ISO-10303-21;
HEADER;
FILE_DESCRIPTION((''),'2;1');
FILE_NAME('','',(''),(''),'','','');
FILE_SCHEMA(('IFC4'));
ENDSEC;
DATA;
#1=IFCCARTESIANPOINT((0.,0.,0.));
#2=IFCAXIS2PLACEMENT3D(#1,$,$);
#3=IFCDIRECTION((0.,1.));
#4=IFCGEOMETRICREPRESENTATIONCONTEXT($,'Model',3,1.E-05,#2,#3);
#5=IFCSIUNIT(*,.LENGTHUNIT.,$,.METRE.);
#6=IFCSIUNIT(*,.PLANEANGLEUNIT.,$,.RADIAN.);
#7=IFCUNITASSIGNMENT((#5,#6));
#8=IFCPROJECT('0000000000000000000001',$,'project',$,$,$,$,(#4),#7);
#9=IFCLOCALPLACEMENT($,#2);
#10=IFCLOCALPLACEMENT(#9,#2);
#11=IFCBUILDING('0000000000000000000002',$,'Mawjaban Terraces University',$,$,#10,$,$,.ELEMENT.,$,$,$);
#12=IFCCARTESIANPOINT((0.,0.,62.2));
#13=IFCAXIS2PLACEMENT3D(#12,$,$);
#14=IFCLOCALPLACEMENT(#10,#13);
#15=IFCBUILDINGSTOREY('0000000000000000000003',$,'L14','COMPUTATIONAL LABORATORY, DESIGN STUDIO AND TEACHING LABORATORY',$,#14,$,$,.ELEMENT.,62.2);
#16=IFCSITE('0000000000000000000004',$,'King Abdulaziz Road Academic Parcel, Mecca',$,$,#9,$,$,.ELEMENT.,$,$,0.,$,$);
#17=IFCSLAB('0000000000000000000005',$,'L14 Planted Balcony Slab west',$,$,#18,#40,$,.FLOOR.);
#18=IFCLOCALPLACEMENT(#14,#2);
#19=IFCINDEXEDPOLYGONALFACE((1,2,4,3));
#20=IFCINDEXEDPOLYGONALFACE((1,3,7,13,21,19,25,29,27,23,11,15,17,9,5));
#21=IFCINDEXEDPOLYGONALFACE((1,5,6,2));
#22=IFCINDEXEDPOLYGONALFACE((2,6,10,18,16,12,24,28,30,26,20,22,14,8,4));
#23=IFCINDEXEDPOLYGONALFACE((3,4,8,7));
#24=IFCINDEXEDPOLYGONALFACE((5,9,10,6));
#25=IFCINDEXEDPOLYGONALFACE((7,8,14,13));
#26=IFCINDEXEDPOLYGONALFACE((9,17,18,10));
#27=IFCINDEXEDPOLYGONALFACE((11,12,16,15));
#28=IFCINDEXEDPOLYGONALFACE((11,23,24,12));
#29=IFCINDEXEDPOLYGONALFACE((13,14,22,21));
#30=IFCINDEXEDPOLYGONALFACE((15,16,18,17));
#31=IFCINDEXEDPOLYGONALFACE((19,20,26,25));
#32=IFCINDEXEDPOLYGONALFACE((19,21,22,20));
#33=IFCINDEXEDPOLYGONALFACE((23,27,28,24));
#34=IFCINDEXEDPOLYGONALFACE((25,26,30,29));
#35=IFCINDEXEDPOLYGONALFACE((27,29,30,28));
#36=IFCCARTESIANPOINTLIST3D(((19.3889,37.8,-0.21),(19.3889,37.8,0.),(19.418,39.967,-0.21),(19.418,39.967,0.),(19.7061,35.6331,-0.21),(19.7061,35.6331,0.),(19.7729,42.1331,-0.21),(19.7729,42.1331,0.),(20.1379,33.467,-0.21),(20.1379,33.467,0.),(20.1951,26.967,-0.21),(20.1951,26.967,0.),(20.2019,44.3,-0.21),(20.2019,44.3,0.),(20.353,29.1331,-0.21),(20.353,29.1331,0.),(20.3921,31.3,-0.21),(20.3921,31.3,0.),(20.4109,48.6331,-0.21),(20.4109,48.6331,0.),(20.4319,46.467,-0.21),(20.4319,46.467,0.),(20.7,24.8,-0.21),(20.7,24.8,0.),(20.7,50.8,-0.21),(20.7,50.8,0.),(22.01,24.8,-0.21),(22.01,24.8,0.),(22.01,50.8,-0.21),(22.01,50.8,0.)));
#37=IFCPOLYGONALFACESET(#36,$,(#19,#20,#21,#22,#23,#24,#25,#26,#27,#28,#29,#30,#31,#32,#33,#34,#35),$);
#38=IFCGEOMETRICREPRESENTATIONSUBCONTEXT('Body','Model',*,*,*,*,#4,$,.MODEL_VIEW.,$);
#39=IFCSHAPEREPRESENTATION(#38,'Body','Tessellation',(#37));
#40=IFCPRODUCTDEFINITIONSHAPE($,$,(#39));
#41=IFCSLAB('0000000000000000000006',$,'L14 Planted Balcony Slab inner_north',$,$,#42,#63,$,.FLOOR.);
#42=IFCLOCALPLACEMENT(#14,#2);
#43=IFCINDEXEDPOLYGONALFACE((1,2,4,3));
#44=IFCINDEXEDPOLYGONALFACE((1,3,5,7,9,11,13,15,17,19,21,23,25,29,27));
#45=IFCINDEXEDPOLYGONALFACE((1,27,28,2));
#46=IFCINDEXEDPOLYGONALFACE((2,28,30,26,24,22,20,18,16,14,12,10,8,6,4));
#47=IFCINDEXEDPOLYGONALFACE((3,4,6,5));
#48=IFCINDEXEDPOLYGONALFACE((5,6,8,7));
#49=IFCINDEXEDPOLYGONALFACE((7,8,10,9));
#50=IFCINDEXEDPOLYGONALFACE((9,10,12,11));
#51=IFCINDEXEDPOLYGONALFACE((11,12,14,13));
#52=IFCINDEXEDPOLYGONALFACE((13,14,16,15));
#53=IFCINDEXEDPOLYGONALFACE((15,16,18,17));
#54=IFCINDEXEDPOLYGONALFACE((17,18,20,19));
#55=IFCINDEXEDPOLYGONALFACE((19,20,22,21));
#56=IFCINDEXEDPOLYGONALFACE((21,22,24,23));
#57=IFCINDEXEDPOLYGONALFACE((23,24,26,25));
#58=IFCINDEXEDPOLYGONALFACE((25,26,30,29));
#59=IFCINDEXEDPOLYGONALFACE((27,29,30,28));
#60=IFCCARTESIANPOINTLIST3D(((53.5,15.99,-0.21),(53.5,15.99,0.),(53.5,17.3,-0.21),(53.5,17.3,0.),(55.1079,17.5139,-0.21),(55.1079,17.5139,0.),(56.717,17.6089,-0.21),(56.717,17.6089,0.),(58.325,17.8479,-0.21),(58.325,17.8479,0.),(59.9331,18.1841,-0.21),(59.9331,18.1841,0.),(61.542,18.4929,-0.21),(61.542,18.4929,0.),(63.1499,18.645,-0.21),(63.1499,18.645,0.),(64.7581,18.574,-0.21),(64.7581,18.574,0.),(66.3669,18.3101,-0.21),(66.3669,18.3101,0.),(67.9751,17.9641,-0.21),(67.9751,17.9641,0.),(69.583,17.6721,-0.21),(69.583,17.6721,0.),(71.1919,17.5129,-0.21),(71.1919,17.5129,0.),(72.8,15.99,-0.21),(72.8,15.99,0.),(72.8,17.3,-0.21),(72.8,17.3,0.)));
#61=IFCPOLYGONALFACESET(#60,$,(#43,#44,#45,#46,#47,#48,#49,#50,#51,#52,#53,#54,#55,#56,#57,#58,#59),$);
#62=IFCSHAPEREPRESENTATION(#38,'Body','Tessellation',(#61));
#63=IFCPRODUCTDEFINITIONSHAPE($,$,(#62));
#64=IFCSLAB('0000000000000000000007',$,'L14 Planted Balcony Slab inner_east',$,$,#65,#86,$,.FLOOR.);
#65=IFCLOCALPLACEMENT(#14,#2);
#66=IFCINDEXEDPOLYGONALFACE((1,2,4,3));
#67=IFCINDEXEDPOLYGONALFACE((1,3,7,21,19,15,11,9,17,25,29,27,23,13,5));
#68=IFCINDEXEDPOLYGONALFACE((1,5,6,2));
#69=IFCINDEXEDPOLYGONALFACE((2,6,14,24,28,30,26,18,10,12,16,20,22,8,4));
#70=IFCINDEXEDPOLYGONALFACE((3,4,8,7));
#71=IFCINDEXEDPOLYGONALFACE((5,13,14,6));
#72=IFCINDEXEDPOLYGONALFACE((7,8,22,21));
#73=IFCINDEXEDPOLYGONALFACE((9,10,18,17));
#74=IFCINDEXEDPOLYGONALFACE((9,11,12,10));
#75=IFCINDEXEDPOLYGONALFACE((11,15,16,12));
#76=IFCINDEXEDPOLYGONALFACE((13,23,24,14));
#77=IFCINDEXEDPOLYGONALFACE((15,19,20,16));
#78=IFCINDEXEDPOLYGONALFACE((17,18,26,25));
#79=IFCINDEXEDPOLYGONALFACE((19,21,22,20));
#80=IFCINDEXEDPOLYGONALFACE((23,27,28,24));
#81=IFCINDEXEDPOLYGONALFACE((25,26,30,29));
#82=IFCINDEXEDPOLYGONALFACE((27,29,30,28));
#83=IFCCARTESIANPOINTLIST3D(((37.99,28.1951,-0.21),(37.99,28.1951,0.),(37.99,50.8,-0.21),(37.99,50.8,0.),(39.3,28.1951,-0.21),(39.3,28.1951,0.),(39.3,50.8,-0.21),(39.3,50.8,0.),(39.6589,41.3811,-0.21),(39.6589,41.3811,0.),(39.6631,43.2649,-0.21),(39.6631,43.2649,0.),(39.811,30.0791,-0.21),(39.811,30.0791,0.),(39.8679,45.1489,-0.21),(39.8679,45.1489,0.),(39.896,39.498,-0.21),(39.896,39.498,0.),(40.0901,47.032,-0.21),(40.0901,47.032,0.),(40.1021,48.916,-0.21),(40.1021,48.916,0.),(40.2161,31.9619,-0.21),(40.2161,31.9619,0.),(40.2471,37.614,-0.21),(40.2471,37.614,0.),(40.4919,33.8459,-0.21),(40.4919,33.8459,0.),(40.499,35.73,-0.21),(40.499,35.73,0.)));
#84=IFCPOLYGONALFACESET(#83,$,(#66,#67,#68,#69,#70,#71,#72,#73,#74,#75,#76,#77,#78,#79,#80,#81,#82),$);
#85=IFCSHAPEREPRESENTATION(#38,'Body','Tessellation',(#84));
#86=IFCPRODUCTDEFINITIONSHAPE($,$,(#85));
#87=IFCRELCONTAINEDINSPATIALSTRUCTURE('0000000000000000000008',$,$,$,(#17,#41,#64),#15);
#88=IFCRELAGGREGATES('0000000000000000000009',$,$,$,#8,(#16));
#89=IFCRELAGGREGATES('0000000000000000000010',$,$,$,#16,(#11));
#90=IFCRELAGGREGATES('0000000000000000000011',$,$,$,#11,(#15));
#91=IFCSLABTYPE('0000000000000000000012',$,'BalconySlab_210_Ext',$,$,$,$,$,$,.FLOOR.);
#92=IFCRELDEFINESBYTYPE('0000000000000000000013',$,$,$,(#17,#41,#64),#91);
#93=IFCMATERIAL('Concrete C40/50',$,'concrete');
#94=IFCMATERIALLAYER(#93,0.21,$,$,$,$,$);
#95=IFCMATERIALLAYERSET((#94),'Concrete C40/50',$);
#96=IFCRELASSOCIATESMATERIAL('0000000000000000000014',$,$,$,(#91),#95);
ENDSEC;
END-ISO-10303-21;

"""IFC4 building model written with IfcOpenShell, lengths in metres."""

from ifc_helpers import new_model, si_unit, direction, frame, origin, place, context, subcontext, project, spatial, polyline, outline, extrude, material, layer, layer_set, type_object, element, save


model = new_model("IFC4")

# Units and contexts
model_context = context("Model", 3, precision=1e-05, world=origin(), true_north=direction((0.0, 1.0)))
body_context = subcontext(model_context, "Body", "Model", "MODEL_VIEW")
ifc_project = project(units=[si_unit("LENGTHUNIT", "METRE"), si_unit("PLANEANGLEUNIT", "RADIAN")], contexts=[model_context])

# Site, building, storey
site_placement = place(None, origin())
site = spatial("IfcSite", under=ifc_project, at=site_placement, Name="King Abdulaziz Road Academic Parcel, Mecca", CompositionType="ELEMENT", RefElevation=0.0)
building_placement = place(site_placement, origin())
building = spatial("IfcBuilding", under=site, at=building_placement, Name="Mawjaban Terraces University", CompositionType="ELEMENT")
storey_placement = place(building_placement, frame((0.0, 0.0, 62.2)))
storey = spatial("IfcBuildingStorey", under=building, at=storey_placement, Name="L14", Description="COMPUTATIONAL LABORATORY, DESIGN STUDIO AND TEACHING LABORATORY", CompositionType="ELEMENT", Elevation=62.2)

# Slabs
ifc_material_1 = material(Name="Concrete C40/50", Category="concrete")
ifc_layer_1 = layer(ifc_material_1, 0.21)
ifc_layer_set_1 = layer_set([ifc_layer_1], Name="Concrete C40/50")
slab_type_1 = type_object("IfcSlabType", Name="BalconySlab_210_Ext", PredefinedType="FLOOR", material=ifc_layer_set_1)
slab_1_placement = place(storey_placement, frame((0.0, 0.0, -0.21)))
element("IfcSlab", 1, at=slab_1_placement, inside=storey, type_object=slab_type_1, Name="L14 Planted Balcony Slab west", PredefinedType="FLOOR", context=body_context, shape_type="SweptSolid", body=[
    extrude(outline(polyline([(22.01, 24.8), (22.01, 50.8), (20.7, 50.8), (20.4109, 48.6331), (20.4319, 46.467), (20.2019, 44.3), (19.7729, 42.1331), (19.418, 39.967), (19.3889, 37.8), (19.7061, 35.6331), (20.1379, 33.467), (20.3921, 31.3), (20.353, 29.1331), (20.1951, 26.967), (20.7, 24.8), (22.01, 24.8)])), origin(), (0.0, 0.0, 1.0), 0.21),
])
slab_2_placement = place(storey_placement, frame((0.0, 0.0, -0.21)))
element("IfcSlab", 2, at=slab_2_placement, inside=storey, type_object=slab_type_1, Name="L14 Planted Balcony Slab inner_north", PredefinedType="FLOOR", context=body_context, shape_type="SweptSolid", body=[
    extrude(outline(polyline([(53.5, 15.99), (72.8, 15.99), (72.8, 17.3), (71.1919, 17.5129), (69.583, 17.6721), (67.9751, 17.9641), (66.3669, 18.3101), (64.7581, 18.574), (63.1499, 18.645), (61.542, 18.4929), (59.9331, 18.1841), (58.325, 17.8479), (56.717, 17.6089), (55.1079, 17.5139), (53.5, 17.3), (53.5, 15.99)])), origin(), (0.0, 0.0, 1.0), 0.21),
])
slab_3_placement = place(storey_placement, frame((0.0, 0.0, -0.21)))
element("IfcSlab", 3, at=slab_3_placement, inside=storey, type_object=slab_type_1, Name="L14 Planted Balcony Slab inner_east", PredefinedType="FLOOR", context=body_context, shape_type="SweptSolid", body=[
    extrude(outline(polyline([(39.3, 28.1951), (39.811, 30.0791), (40.2161, 31.9619), (40.4919, 33.8459), (40.499, 35.73), (40.2471, 37.614), (39.896, 39.498), (39.6589, 41.3811), (39.6631, 43.2649), (39.8679, 45.1489), (40.0901, 47.032), (40.1021, 48.916), (39.3, 50.8), (37.99, 50.8), (37.99, 28.1951), (39.3, 28.1951)])), origin(), (0.0, 0.0, 1.0), 0.21),
])

save(model, "model.ifc")
